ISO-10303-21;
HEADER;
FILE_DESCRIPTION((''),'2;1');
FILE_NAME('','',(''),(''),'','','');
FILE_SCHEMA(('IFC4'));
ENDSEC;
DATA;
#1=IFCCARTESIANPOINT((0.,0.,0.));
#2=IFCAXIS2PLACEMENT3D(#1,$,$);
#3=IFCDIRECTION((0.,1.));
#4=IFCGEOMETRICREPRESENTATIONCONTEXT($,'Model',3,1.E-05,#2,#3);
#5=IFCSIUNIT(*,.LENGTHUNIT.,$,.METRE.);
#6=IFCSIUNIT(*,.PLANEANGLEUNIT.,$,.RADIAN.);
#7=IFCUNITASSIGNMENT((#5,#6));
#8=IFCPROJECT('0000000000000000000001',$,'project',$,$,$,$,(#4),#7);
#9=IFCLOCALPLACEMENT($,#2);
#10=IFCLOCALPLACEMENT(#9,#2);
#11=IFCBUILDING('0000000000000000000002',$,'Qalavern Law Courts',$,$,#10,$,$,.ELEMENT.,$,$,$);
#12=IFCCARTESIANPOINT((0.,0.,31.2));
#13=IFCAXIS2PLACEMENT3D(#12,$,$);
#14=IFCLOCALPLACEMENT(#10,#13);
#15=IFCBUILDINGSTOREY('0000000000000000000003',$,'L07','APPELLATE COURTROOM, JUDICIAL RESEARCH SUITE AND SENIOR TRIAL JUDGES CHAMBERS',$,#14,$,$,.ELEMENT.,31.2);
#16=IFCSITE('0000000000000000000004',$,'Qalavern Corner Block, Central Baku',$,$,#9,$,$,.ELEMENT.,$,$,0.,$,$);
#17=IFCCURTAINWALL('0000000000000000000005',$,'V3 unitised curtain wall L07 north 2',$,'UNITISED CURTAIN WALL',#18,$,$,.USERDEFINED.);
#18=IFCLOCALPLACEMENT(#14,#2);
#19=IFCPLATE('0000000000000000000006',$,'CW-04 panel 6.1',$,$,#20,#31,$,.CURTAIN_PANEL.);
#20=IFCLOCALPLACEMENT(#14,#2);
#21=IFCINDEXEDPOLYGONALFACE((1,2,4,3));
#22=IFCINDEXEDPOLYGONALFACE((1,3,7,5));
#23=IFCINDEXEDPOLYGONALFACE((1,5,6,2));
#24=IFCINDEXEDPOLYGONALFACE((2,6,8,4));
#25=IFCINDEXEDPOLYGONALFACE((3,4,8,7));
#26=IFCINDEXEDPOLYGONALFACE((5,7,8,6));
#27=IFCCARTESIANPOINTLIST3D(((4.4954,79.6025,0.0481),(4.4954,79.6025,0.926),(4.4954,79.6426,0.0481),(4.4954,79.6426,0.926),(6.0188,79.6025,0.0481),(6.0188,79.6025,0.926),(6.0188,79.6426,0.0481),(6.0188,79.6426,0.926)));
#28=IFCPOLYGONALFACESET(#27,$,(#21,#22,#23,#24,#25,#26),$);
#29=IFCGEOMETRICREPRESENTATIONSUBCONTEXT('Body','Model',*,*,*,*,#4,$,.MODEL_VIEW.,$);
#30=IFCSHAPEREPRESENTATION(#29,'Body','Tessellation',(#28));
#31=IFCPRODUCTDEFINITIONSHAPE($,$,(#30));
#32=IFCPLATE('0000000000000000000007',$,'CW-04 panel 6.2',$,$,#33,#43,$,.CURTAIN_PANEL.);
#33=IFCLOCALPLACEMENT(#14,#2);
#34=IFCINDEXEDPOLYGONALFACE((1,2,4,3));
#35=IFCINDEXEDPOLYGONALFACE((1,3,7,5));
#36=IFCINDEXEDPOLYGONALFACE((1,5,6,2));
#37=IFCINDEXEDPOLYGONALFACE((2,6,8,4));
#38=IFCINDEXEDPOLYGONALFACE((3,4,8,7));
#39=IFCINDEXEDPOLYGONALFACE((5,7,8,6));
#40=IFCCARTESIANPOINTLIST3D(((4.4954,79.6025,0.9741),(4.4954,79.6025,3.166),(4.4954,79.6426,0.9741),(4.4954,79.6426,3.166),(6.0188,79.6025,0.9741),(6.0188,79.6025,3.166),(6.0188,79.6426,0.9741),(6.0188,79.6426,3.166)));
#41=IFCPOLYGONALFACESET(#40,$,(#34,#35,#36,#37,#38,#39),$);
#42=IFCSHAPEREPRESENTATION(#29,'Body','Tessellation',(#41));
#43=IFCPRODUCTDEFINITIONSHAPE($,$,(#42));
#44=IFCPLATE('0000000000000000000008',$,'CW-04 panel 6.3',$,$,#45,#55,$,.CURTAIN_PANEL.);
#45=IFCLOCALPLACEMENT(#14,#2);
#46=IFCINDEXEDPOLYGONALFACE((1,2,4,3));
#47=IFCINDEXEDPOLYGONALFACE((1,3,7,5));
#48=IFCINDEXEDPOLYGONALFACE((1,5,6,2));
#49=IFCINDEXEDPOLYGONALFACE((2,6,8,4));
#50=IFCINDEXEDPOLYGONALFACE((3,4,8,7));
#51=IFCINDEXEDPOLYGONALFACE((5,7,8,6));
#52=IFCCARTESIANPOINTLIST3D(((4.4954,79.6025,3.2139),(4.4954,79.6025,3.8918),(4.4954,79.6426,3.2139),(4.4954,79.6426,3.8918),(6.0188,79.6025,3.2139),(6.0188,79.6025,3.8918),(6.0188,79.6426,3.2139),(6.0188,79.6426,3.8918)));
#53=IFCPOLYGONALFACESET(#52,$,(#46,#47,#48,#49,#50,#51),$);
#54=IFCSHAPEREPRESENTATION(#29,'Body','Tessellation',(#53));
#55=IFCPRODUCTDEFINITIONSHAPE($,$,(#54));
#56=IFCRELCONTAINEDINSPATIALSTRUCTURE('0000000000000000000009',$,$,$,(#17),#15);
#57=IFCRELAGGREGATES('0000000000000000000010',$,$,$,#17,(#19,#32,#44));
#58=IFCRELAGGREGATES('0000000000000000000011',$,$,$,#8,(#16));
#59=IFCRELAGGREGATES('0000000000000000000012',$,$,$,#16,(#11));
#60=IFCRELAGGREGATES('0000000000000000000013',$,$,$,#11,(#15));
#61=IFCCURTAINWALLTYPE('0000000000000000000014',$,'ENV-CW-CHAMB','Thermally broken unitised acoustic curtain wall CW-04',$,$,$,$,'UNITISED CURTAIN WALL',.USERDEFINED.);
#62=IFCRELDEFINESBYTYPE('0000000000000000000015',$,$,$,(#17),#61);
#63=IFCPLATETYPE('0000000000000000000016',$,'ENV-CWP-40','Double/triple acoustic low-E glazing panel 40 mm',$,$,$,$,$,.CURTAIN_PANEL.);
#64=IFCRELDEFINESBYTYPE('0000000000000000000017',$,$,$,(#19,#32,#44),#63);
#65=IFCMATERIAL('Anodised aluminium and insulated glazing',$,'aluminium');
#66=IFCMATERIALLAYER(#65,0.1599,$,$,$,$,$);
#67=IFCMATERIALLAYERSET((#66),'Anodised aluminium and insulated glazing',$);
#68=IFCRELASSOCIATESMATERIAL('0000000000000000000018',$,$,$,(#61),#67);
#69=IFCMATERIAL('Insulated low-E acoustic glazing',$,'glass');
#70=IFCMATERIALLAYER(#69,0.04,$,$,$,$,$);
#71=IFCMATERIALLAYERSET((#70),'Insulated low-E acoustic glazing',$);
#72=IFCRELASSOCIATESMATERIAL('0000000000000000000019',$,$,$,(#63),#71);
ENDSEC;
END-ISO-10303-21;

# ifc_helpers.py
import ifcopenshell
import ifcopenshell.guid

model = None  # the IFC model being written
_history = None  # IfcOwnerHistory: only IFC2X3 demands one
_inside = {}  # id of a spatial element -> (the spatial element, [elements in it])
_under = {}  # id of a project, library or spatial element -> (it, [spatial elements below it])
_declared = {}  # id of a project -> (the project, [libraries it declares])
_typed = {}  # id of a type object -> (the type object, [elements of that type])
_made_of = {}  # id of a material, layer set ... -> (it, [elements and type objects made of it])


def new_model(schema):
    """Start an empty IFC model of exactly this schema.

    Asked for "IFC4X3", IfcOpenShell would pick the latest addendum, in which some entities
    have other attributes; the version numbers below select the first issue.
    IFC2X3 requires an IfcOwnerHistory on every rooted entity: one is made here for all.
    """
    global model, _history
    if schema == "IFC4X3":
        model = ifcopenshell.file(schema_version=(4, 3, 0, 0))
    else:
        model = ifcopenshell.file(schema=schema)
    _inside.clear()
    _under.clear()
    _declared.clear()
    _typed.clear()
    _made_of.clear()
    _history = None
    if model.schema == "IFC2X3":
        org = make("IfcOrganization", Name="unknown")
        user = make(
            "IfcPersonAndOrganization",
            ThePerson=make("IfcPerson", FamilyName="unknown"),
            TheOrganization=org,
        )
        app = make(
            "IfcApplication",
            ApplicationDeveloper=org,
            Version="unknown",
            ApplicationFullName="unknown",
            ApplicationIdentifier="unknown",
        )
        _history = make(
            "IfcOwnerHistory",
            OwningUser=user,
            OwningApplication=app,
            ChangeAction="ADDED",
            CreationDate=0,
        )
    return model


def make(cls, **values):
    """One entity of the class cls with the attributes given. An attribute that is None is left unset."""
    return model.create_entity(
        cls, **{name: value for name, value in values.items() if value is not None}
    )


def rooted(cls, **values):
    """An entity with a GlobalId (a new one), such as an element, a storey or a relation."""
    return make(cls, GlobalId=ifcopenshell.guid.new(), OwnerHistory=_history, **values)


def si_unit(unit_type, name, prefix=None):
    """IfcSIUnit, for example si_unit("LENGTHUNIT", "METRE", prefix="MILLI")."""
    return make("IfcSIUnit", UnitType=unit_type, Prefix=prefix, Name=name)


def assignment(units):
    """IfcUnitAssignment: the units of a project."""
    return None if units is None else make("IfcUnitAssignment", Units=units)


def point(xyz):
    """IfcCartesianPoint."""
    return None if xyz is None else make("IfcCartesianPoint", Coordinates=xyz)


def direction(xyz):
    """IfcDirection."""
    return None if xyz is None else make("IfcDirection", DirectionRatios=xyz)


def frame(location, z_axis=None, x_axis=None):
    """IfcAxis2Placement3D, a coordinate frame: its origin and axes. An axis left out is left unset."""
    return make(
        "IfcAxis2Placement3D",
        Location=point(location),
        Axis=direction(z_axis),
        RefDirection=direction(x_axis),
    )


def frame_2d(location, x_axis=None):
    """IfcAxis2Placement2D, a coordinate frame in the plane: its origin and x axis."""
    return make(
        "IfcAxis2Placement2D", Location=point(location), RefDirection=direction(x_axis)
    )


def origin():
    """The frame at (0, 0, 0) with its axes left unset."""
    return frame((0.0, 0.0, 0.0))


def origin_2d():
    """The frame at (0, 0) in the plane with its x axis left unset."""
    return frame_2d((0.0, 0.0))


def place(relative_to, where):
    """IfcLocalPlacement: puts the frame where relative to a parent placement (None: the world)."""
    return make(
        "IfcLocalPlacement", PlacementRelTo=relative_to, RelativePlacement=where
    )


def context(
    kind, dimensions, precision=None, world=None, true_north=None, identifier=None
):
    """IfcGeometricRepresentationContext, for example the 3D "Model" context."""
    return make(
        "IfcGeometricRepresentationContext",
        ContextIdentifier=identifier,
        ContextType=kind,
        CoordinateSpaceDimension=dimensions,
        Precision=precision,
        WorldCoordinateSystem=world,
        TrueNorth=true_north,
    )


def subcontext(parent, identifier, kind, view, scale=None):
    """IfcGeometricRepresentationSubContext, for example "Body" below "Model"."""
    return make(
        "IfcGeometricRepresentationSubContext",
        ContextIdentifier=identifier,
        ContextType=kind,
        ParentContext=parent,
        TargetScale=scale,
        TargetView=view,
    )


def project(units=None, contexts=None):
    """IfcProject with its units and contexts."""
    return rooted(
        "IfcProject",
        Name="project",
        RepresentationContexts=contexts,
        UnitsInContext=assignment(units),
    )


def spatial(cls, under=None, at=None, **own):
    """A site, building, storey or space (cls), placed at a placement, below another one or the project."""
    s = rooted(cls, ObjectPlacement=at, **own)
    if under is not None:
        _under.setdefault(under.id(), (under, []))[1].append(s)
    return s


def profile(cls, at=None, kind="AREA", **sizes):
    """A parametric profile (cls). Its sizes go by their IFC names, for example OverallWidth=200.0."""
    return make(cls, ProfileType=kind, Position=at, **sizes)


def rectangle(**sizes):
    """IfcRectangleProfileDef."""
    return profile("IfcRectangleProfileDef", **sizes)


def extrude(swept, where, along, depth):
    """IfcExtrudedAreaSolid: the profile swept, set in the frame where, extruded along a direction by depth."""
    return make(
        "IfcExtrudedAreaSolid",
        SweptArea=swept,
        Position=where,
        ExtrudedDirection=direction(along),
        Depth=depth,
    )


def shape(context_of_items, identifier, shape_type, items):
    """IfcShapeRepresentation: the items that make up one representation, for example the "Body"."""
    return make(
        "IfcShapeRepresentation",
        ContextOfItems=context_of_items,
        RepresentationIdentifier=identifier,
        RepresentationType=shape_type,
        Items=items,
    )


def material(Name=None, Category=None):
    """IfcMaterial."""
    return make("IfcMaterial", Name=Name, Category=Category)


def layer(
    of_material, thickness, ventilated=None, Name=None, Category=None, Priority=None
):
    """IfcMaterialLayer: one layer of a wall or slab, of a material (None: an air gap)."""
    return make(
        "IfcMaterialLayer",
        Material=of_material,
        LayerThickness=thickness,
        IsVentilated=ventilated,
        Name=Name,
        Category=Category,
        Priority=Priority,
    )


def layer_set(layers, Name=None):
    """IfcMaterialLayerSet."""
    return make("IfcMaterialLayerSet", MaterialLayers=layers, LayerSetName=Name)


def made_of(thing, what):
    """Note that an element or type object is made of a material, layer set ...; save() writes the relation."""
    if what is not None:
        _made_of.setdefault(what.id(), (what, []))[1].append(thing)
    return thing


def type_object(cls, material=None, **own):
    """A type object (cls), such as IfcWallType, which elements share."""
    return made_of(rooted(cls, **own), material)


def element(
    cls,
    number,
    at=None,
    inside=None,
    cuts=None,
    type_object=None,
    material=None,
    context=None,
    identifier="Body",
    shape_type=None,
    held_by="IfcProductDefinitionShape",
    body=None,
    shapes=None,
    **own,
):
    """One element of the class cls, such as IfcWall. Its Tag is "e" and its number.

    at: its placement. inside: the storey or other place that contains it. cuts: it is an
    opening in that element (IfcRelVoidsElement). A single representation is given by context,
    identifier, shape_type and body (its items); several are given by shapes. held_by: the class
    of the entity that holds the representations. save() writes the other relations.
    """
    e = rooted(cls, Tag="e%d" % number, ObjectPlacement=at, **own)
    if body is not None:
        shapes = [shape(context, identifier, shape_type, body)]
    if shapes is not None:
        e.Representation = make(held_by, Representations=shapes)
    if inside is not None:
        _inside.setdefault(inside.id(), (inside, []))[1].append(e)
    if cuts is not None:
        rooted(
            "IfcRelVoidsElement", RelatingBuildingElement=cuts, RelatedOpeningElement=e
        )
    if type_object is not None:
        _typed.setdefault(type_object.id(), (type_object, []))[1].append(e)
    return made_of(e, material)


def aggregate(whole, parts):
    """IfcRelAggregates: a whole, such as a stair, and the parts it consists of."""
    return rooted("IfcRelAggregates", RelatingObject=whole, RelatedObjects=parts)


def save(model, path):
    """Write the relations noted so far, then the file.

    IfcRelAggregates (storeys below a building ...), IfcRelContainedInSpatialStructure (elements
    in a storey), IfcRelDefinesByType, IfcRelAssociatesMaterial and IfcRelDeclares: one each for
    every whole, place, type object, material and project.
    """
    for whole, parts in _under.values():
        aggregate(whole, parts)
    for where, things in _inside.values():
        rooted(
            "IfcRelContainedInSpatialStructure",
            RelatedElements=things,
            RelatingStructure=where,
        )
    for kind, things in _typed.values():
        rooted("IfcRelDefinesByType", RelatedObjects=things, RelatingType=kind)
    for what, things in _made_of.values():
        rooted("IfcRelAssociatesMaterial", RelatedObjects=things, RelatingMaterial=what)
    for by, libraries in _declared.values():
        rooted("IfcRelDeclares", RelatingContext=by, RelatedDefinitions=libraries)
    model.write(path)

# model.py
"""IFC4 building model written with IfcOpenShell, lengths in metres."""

from ifc_helpers import new_model, si_unit, direction, frame, origin, origin_2d, place, context, subcontext, project, spatial, rectangle, extrude, material, layer, layer_set, type_object, element, aggregate, save


model = new_model("IFC4")

# Units and contexts
model_context = context("Model", 3, precision=1e-05, world=origin(), true_north=direction((0.0, 1.0)))
body_context = subcontext(model_context, "Body", "Model", "MODEL_VIEW")
ifc_project = project(units=[si_unit("LENGTHUNIT", "METRE"), si_unit("PLANEANGLEUNIT", "RADIAN")], contexts=[model_context])

# Site, building, storey
site_placement = place(None, origin())
site = spatial("IfcSite", under=ifc_project, at=site_placement, Name="Qalavern Corner Block, Central Baku", CompositionType="ELEMENT", RefElevation=0.0)
building_placement = place(site_placement, origin())
building = spatial("IfcBuilding", under=site, at=building_placement, Name="Qalavern Law Courts", CompositionType="ELEMENT")
storey_placement = place(building_placement, frame((0.0, 0.0, 31.2)))
storey = spatial("IfcBuildingStorey", under=building, at=storey_placement, Name="L07", Description="APPELLATE COURTROOM, JUDICIAL RESEARCH SUITE AND SENIOR TRIAL JUDGES CHAMBERS", CompositionType="ELEMENT", Elevation=31.2)

# Curtain wall, plates
ifc_material_1 = material(Name="Anodised aluminium and insulated glazing", Category="aluminium")
ifc_layer_1 = layer(ifc_material_1, 0.1599)
ifc_layer_set_1 = layer_set([ifc_layer_1], Name="Anodised aluminium and insulated glazing")
curtain_wall_type = type_object("IfcCurtainWallType", Name="ENV-CW-CHAMB", Description="Thermally broken unitised acoustic curtain wall CW-04", ElementType="UNITISED CURTAIN WALL", PredefinedType="USERDEFINED", material=ifc_layer_set_1)
curtain_wall_placement = place(storey_placement, origin())
curtain_wall = element("IfcCurtainWall", 1, at=curtain_wall_placement, inside=storey, type_object=curtain_wall_type, Name="V3 unitised curtain wall L07 north 2", ObjectType="UNITISED CURTAIN WALL", PredefinedType="USERDEFINED")
ifc_material_2 = material(Name="Insulated low-E acoustic glazing", Category="glass")
ifc_layer_2 = layer(ifc_material_2, 0.04)
ifc_layer_set_2 = layer_set([ifc_layer_2], Name="Insulated low-E acoustic glazing")
plate_type = type_object("IfcPlateType", Name="ENV-CWP-40", Description="Double/triple acoustic low-E glazing panel 40 mm", PredefinedType="CURTAIN_PANEL", material=ifc_layer_set_2)
plate_1_placement = place(storey_placement, frame((5.2571, 79.6226, 0.0481), z_axis=(0.0, 0.0, 1.0), x_axis=(-1.0, 0.0, 0.0)))
plate_1 = element("IfcPlate", 2, at=plate_1_placement, type_object=plate_type, Name="CW-04 panel 6.1", PredefinedType="CURTAIN_PANEL", context=body_context, shape_type="SweptSolid", body=[
    extrude(rectangle(XDim=1.5234, YDim=0.04, at=origin_2d()), origin(), (0.0, 0.0, 1.0), 0.8779),
])
plate_2_placement = place(storey_placement, frame((5.2571, 79.6226, 0.9741), z_axis=(0.0, 0.0, 1.0), x_axis=(-1.0, 0.0, 0.0)))
plate_2 = element("IfcPlate", 3, at=plate_2_placement, type_object=plate_type, Name="CW-04 panel 6.2", PredefinedType="CURTAIN_PANEL", context=body_context, shape_type="SweptSolid", body=[
    extrude(rectangle(XDim=1.5234, YDim=0.04, at=origin_2d()), origin(), (0.0, 0.0, 1.0), 2.1919),
])
plate_3_placement = place(storey_placement, frame((5.2571, 79.6226, 3.2139), z_axis=(0.0, 0.0, 1.0), x_axis=(-1.0, 0.0, 0.0)))
plate_3 = element("IfcPlate", 4, at=plate_3_placement, type_object=plate_type, Name="CW-04 panel 6.3", PredefinedType="CURTAIN_PANEL", context=body_context, shape_type="SweptSolid", body=[
    extrude(rectangle(XDim=1.5234, YDim=0.04, at=origin_2d()), origin(), (0.0, 0.0, 1.0), 0.678),
])
aggregate(curtain_wall, [plate_1, plate_2, plate_3])

save(model, "model.ifc")
